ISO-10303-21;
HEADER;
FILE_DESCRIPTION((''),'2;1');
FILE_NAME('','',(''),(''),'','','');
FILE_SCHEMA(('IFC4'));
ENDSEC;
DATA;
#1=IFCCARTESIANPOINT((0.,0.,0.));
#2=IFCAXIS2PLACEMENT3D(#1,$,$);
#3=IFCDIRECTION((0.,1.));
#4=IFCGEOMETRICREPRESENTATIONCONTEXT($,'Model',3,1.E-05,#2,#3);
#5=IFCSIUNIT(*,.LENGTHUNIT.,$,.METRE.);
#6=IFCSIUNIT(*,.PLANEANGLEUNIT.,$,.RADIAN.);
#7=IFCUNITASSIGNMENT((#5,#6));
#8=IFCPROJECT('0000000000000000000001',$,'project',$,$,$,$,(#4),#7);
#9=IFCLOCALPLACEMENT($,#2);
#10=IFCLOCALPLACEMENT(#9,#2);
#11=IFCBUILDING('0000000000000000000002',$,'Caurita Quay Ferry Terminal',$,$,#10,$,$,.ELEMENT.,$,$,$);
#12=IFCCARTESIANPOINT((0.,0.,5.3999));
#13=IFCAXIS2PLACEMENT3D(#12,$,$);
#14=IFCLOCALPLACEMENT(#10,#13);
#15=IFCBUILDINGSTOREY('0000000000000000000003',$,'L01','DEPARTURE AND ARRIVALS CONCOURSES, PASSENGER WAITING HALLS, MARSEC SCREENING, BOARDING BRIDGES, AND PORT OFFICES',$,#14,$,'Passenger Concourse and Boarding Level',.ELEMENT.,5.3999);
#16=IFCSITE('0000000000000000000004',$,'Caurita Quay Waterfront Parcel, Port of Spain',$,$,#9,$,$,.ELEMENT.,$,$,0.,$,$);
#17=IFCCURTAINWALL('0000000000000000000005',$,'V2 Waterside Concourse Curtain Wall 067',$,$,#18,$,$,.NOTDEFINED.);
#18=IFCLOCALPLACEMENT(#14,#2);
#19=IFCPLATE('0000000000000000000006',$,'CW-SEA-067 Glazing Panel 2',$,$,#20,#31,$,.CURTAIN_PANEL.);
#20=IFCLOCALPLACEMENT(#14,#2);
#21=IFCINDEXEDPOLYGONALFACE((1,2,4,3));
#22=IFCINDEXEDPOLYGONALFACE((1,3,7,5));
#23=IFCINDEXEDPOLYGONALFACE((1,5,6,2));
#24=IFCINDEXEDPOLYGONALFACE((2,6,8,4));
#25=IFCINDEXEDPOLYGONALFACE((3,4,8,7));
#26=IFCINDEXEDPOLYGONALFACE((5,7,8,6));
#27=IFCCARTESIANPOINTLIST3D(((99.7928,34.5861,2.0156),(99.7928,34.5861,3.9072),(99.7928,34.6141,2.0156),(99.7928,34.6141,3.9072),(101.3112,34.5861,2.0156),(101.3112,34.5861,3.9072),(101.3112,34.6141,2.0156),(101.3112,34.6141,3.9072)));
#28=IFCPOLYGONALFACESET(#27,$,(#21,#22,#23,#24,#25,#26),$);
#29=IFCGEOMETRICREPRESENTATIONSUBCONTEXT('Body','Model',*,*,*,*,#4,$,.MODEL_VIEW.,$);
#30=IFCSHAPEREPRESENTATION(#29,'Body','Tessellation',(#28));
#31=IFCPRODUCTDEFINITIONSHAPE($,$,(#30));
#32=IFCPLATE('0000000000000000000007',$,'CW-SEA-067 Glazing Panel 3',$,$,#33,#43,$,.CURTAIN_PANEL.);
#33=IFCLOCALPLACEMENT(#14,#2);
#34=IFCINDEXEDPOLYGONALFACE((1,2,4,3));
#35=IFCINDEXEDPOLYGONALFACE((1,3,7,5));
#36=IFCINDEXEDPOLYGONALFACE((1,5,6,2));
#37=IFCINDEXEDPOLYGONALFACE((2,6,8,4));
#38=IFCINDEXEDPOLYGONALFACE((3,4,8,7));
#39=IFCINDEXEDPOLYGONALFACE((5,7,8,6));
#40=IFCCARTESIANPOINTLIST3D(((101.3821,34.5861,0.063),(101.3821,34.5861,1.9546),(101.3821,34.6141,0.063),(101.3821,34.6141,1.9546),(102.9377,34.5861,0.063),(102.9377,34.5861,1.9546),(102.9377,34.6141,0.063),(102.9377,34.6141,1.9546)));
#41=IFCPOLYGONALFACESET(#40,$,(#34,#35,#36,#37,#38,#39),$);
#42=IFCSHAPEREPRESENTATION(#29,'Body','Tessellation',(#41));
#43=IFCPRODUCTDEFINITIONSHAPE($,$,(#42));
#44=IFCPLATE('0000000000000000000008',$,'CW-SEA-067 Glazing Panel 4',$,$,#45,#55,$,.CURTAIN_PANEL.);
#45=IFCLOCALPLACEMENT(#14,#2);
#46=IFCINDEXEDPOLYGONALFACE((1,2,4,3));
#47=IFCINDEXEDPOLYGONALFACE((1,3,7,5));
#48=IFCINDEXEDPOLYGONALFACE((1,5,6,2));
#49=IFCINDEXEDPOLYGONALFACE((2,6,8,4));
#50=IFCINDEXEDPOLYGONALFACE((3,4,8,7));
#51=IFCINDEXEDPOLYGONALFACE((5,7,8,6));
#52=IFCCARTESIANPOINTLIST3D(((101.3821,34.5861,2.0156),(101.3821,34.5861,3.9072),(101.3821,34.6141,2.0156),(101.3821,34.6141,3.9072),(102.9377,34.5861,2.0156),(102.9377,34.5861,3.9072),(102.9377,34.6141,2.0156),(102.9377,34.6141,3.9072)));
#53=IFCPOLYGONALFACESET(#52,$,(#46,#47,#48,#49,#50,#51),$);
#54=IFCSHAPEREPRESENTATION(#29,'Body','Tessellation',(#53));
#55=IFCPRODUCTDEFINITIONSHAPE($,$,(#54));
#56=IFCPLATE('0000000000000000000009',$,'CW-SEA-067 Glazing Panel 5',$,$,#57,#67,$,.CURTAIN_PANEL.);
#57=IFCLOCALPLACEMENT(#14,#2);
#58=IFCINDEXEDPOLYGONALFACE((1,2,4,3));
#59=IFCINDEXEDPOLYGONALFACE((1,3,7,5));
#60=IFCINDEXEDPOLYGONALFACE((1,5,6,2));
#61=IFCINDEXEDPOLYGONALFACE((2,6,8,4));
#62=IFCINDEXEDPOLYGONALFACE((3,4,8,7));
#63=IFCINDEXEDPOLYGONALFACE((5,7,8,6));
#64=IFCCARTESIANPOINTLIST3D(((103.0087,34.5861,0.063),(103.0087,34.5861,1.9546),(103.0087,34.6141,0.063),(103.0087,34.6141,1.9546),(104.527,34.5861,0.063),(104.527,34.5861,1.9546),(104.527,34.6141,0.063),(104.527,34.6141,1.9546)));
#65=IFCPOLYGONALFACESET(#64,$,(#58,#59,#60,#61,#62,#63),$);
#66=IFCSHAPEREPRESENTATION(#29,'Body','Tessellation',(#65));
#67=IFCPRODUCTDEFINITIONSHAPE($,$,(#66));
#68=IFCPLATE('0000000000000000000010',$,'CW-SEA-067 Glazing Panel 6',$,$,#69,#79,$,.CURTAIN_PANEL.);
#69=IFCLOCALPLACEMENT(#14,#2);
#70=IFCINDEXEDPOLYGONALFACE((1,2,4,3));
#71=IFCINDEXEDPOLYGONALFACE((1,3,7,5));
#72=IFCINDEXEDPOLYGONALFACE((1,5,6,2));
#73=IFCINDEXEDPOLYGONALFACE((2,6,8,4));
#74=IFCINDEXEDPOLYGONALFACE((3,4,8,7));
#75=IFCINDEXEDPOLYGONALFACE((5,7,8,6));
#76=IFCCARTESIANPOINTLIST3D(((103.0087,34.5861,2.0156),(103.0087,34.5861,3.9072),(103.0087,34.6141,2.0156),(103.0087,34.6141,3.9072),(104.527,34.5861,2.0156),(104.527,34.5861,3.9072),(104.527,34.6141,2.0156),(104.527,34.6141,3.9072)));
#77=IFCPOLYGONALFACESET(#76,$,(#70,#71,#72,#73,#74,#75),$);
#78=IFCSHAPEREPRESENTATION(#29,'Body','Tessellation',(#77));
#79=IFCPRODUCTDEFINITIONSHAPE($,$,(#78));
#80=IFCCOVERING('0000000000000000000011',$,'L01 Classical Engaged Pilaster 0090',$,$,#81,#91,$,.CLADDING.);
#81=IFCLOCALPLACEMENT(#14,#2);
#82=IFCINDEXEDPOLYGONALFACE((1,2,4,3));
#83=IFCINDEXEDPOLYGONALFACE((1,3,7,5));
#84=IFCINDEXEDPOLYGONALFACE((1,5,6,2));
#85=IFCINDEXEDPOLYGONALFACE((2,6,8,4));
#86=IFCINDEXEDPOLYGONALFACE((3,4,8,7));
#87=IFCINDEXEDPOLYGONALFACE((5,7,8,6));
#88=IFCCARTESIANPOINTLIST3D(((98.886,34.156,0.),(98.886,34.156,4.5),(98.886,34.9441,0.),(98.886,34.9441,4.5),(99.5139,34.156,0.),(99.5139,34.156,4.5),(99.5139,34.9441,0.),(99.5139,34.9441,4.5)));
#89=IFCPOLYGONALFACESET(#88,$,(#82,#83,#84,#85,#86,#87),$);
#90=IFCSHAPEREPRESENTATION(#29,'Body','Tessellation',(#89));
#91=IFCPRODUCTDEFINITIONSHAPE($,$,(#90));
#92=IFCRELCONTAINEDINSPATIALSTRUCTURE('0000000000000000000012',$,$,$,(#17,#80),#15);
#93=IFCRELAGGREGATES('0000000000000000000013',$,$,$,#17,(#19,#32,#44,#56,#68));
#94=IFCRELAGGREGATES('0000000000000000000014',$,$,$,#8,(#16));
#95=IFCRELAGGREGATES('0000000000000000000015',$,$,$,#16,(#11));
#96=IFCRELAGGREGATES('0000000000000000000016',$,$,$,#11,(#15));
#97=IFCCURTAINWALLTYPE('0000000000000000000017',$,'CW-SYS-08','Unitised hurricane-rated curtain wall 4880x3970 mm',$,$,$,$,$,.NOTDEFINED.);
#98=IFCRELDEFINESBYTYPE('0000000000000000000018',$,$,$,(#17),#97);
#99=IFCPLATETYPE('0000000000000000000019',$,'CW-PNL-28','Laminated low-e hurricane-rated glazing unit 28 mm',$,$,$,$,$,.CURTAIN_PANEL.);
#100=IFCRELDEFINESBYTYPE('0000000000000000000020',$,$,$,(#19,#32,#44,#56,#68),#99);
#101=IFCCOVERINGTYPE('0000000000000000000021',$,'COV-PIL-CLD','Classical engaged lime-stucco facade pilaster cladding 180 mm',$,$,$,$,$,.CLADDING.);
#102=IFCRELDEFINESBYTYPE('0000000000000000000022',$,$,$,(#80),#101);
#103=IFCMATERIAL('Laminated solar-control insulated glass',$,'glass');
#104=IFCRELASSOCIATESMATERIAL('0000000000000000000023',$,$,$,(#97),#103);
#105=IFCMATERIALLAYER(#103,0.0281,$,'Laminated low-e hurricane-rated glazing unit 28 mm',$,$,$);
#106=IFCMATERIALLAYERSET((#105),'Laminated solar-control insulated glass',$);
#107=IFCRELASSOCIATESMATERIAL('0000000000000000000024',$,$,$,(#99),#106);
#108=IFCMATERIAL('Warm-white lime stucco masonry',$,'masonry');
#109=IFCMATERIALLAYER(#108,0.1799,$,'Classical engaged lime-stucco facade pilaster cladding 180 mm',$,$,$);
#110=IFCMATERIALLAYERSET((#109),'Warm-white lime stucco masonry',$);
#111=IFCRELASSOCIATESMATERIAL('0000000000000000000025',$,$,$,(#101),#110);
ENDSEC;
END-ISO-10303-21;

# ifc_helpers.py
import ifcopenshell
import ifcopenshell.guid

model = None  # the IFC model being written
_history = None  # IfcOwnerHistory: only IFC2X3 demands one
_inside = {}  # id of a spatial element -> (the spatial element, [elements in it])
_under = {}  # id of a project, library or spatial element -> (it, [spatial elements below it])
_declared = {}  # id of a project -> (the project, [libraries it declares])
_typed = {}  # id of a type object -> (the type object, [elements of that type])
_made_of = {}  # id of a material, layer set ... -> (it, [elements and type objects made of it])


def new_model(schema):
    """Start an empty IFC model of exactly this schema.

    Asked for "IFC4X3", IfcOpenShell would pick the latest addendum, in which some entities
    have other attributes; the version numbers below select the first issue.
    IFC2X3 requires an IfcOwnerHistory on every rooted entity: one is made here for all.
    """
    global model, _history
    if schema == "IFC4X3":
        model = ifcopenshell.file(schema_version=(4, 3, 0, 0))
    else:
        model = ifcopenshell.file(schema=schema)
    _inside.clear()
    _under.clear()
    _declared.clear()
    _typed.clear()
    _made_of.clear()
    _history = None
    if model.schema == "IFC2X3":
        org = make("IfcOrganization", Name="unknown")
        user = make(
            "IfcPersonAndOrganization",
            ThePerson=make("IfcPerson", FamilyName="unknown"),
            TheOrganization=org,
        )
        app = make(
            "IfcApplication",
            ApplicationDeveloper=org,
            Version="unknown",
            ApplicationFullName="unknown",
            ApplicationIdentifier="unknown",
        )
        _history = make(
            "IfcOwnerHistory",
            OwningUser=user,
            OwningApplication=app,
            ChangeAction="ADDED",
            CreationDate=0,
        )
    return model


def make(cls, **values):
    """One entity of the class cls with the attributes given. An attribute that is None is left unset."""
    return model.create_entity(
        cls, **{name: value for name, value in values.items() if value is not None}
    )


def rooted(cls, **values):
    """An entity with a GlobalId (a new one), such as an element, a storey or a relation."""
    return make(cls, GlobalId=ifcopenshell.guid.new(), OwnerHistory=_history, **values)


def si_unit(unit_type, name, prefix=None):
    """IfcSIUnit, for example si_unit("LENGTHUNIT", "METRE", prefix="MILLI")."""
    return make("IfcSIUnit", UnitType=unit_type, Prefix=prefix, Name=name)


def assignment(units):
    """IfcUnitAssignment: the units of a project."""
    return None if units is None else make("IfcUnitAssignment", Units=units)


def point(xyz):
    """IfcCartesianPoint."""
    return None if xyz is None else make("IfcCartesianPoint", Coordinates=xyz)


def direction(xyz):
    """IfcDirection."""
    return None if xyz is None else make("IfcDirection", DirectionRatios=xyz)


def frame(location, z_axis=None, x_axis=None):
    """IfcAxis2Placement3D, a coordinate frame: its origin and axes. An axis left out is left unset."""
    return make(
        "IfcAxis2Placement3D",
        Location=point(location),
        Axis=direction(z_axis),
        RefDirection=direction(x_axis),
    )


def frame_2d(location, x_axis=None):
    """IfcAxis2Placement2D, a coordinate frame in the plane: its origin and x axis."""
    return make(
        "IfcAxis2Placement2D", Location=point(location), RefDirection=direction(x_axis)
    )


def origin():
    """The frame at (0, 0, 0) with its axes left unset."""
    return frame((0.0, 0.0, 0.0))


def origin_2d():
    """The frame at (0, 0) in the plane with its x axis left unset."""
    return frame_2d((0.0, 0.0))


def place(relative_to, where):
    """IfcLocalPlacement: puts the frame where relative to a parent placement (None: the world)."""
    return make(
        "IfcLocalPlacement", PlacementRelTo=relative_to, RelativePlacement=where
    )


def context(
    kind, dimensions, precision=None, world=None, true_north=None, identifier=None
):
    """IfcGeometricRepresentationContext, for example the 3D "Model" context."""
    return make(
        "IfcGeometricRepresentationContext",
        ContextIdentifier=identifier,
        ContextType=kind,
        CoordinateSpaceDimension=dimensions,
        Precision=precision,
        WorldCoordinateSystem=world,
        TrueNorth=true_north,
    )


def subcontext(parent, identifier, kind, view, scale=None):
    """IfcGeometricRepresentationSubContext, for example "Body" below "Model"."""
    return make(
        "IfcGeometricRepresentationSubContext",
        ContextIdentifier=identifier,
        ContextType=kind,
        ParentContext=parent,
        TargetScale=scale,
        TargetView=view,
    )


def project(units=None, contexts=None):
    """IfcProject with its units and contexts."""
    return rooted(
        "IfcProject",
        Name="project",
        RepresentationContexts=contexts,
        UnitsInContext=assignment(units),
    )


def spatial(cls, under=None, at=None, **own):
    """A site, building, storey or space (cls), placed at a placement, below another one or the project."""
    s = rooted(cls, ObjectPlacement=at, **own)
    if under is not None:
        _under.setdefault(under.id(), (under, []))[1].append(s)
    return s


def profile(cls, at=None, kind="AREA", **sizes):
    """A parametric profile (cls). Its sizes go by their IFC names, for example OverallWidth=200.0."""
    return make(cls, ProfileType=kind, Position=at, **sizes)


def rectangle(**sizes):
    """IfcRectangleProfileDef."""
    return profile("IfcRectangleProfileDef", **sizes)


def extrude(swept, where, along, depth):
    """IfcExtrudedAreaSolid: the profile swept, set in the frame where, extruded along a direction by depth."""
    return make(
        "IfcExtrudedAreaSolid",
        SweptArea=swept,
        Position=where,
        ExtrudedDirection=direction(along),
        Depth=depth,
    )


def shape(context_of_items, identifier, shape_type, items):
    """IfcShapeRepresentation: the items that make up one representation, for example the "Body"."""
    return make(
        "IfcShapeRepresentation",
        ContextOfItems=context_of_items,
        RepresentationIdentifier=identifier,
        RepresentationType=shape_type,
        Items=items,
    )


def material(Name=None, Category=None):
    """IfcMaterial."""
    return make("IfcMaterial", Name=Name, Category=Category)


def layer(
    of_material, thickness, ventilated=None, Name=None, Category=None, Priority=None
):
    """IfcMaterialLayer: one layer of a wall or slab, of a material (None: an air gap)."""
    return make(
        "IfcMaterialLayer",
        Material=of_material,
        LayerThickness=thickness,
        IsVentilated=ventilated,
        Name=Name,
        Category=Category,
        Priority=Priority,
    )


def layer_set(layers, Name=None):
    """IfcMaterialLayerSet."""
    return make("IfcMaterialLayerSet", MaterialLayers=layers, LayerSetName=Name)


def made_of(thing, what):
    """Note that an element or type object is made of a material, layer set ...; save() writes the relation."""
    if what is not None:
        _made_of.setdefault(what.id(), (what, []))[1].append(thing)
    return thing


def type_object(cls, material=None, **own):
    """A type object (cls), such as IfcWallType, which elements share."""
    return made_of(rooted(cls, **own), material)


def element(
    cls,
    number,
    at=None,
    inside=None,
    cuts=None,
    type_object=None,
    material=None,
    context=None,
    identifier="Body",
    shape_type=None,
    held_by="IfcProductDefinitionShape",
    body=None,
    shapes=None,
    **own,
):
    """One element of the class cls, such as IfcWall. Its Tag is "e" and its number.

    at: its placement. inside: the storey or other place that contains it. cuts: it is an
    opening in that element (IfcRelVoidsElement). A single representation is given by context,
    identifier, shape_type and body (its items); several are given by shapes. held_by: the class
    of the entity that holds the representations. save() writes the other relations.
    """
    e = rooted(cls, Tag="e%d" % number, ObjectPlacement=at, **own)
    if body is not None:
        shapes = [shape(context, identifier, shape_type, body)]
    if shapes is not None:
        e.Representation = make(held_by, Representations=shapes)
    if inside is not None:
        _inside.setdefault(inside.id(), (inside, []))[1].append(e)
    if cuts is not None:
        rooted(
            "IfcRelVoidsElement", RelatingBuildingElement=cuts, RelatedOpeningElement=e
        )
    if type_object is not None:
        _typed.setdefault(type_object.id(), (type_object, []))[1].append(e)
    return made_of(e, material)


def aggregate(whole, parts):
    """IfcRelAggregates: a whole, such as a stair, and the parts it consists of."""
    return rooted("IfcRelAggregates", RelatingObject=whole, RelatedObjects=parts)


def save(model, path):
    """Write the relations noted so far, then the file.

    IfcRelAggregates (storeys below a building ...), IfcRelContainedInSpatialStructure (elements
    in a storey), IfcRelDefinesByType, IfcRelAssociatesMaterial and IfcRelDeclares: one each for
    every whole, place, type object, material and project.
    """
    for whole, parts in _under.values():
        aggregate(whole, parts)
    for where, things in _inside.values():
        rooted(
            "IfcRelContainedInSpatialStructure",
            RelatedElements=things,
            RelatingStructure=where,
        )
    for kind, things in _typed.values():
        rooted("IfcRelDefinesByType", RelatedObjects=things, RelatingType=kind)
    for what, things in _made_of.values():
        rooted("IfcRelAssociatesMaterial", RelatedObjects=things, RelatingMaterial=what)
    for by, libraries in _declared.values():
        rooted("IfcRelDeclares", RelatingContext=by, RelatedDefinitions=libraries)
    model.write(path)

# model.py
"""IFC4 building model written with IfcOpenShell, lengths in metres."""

from ifc_helpers import new_model, si_unit, direction, frame, origin, origin_2d, place, context, subcontext, project, spatial, rectangle, extrude, material, layer, layer_set, type_object, element, aggregate, save


model = new_model("IFC4")

# Units and contexts
model_context = context("Model", 3, precision=1e-05, world=origin(), true_north=direction((0.0, 1.0)))
body_context = subcontext(model_context, "Body", "Model", "MODEL_VIEW")
ifc_project = project(units=[si_unit("LENGTHUNIT", "METRE"), si_unit("PLANEANGLEUNIT", "RADIAN")], contexts=[model_context])

# Site, building, storey
site_placement = place(None, origin())
site = spatial("IfcSite", under=ifc_project, at=site_placement, Name="Caurita Quay Waterfront Parcel, Port of Spain", CompositionType="ELEMENT", RefElevation=0.0)
building_placement = place(site_placement, origin())
building = spatial("IfcBuilding", under=site, at=building_placement, Name="Caurita Quay Ferry Terminal", CompositionType="ELEMENT")
storey_placement = place(building_placement, frame((0.0, 0.0, 5.3999)))
storey = spatial("IfcBuildingStorey", under=building, at=storey_placement, Name="L01", Description="DEPARTURE AND ARRIVALS CONCOURSES, PASSENGER WAITING HALLS, MARSEC SCREENING, BOARDING BRIDGES, AND PORT OFFICES", LongName="Passenger Concourse and Boarding Level", CompositionType="ELEMENT", Elevation=5.3999)

# Curtain wall, plates
ifc_material_1 = material(Name="Laminated solar-control insulated glass", Category="glass")
curtain_wall_type = type_object("IfcCurtainWallType", Name="CW-SYS-08", Description="Unitised hurricane-rated curtain wall 4880x3970 mm", PredefinedType="NOTDEFINED", material=ifc_material_1)
curtain_wall_placement = place(storey_placement, origin())
curtain_wall = element("IfcCurtainWall", 1, at=curtain_wall_placement, inside=storey, type_object=curtain_wall_type, Name="V2 Waterside Concourse Curtain Wall 067", PredefinedType="NOTDEFINED")
ifc_layer_1 = layer(ifc_material_1, 0.0281, Name="Laminated low-e hurricane-rated glazing unit 28 mm")
ifc_layer_set_1 = layer_set([ifc_layer_1], Name="Laminated solar-control insulated glass")
plate_type = type_object("IfcPlateType", Name="CW-PNL-28", Description="Laminated low-e hurricane-rated glazing unit 28 mm", PredefinedType="CURTAIN_PANEL", material=ifc_layer_set_1)
plate_1_placement = place(storey_placement, frame((100.552, 34.6001, 2.0156), z_axis=(0.0, 0.0, 1.0), x_axis=(1.0, 0.0, 0.0)))
plate_1 = element("IfcPlate", 2, at=plate_1_placement, type_object=plate_type, Name="CW-SEA-067 Glazing Panel 2", PredefinedType="CURTAIN_PANEL", context=body_context, shape_type="SweptSolid", body=[
    extrude(rectangle(XDim=1.5183, YDim=0.0281, at=origin_2d()), origin(), (0.0, 0.0, 1.0), 1.8916),
])
plate_2_placement = place(storey_placement, frame((102.1599, 34.6001, 0.063), z_axis=(0.0, 0.0, 1.0), x_axis=(1.0, 0.0, 0.0)))
plate_2 = element("IfcPlate", 3, at=plate_2_placement, type_object=plate_type, Name="CW-SEA-067 Glazing Panel 3", PredefinedType="CURTAIN_PANEL", context=body_context, shape_type="SweptSolid", body=[
    extrude(rectangle(XDim=1.5557, YDim=0.0281, at=origin_2d()), origin(), (0.0, 0.0, 1.0), 1.8916),
])
plate_3_placement = place(storey_placement, frame((102.1599, 34.6001, 2.0156), z_axis=(0.0, 0.0, 1.0), x_axis=(1.0, 0.0, 0.0)))
plate_3 = element("IfcPlate", 4, at=plate_3_placement, type_object=plate_type, Name="CW-SEA-067 Glazing Panel 4", PredefinedType="CURTAIN_PANEL", context=body_context, shape_type="SweptSolid", body=[
    extrude(rectangle(XDim=1.5557, YDim=0.0281, at=origin_2d()), origin(), (0.0, 0.0, 1.0), 1.8916),
])
plate_4_placement = place(storey_placement, frame((103.7678, 34.6001, 0.063), z_axis=(0.0, 0.0, 1.0), x_axis=(1.0, 0.0, 0.0)))
plate_4 = element("IfcPlate", 5, at=plate_4_placement, type_object=plate_type, Name="CW-SEA-067 Glazing Panel 5", PredefinedType="CURTAIN_PANEL", context=body_context, shape_type="SweptSolid", body=[
    extrude(rectangle(XDim=1.5183, YDim=0.0281, at=origin_2d()), origin(), (0.0, 0.0, 1.0), 1.8916),
])
plate_5_placement = place(storey_placement, frame((103.7678, 34.6001, 2.0156), z_axis=(0.0, 0.0, 1.0), x_axis=(1.0, 0.0, 0.0)))
plate_5 = element("IfcPlate", 6, at=plate_5_placement, type_object=plate_type, Name="CW-SEA-067 Glazing Panel 6", PredefinedType="CURTAIN_PANEL", context=body_context, shape_type="SweptSolid", body=[
    extrude(rectangle(XDim=1.5183, YDim=0.0281, at=origin_2d()), origin(), (0.0, 0.0, 1.0), 1.8916),
])
aggregate(curtain_wall, [plate_1, plate_2, plate_3, plate_4, plate_5])

# Covering
ifc_material_2 = material(Name="Warm-white lime stucco masonry", Category="masonry")
ifc_layer_2 = layer(ifc_material_2, 0.1799, Name="Classical engaged lime-stucco facade pilaster cladding 180 mm")
ifc_layer_set_2 = layer_set([ifc_layer_2], Name="Warm-white lime stucco masonry")
covering_type = type_object("IfcCoveringType", Name="COV-PIL-CLD", Description="Classical engaged lime-stucco facade pilaster cladding 180 mm", PredefinedType="CLADDING", material=ifc_layer_set_2)
covering_placement = place(storey_placement, frame((99.2, 34.55, 0.0), z_axis=(0.0, 0.0, 1.0), x_axis=(1.0, 0.0, 0.0)))
element("IfcCovering", 7, at=covering_placement, inside=storey, type_object=covering_type, Name="L01 Classical Engaged Pilaster 0090", PredefinedType="CLADDING", context=body_context, shape_type="SweptSolid", body=[
    extrude(rectangle(XDim=0.6279, YDim=0.7881, at=origin_2d()), origin(), (0.0, 0.0, 1.0), 4.5),
])

save(model, "model.ifc")
